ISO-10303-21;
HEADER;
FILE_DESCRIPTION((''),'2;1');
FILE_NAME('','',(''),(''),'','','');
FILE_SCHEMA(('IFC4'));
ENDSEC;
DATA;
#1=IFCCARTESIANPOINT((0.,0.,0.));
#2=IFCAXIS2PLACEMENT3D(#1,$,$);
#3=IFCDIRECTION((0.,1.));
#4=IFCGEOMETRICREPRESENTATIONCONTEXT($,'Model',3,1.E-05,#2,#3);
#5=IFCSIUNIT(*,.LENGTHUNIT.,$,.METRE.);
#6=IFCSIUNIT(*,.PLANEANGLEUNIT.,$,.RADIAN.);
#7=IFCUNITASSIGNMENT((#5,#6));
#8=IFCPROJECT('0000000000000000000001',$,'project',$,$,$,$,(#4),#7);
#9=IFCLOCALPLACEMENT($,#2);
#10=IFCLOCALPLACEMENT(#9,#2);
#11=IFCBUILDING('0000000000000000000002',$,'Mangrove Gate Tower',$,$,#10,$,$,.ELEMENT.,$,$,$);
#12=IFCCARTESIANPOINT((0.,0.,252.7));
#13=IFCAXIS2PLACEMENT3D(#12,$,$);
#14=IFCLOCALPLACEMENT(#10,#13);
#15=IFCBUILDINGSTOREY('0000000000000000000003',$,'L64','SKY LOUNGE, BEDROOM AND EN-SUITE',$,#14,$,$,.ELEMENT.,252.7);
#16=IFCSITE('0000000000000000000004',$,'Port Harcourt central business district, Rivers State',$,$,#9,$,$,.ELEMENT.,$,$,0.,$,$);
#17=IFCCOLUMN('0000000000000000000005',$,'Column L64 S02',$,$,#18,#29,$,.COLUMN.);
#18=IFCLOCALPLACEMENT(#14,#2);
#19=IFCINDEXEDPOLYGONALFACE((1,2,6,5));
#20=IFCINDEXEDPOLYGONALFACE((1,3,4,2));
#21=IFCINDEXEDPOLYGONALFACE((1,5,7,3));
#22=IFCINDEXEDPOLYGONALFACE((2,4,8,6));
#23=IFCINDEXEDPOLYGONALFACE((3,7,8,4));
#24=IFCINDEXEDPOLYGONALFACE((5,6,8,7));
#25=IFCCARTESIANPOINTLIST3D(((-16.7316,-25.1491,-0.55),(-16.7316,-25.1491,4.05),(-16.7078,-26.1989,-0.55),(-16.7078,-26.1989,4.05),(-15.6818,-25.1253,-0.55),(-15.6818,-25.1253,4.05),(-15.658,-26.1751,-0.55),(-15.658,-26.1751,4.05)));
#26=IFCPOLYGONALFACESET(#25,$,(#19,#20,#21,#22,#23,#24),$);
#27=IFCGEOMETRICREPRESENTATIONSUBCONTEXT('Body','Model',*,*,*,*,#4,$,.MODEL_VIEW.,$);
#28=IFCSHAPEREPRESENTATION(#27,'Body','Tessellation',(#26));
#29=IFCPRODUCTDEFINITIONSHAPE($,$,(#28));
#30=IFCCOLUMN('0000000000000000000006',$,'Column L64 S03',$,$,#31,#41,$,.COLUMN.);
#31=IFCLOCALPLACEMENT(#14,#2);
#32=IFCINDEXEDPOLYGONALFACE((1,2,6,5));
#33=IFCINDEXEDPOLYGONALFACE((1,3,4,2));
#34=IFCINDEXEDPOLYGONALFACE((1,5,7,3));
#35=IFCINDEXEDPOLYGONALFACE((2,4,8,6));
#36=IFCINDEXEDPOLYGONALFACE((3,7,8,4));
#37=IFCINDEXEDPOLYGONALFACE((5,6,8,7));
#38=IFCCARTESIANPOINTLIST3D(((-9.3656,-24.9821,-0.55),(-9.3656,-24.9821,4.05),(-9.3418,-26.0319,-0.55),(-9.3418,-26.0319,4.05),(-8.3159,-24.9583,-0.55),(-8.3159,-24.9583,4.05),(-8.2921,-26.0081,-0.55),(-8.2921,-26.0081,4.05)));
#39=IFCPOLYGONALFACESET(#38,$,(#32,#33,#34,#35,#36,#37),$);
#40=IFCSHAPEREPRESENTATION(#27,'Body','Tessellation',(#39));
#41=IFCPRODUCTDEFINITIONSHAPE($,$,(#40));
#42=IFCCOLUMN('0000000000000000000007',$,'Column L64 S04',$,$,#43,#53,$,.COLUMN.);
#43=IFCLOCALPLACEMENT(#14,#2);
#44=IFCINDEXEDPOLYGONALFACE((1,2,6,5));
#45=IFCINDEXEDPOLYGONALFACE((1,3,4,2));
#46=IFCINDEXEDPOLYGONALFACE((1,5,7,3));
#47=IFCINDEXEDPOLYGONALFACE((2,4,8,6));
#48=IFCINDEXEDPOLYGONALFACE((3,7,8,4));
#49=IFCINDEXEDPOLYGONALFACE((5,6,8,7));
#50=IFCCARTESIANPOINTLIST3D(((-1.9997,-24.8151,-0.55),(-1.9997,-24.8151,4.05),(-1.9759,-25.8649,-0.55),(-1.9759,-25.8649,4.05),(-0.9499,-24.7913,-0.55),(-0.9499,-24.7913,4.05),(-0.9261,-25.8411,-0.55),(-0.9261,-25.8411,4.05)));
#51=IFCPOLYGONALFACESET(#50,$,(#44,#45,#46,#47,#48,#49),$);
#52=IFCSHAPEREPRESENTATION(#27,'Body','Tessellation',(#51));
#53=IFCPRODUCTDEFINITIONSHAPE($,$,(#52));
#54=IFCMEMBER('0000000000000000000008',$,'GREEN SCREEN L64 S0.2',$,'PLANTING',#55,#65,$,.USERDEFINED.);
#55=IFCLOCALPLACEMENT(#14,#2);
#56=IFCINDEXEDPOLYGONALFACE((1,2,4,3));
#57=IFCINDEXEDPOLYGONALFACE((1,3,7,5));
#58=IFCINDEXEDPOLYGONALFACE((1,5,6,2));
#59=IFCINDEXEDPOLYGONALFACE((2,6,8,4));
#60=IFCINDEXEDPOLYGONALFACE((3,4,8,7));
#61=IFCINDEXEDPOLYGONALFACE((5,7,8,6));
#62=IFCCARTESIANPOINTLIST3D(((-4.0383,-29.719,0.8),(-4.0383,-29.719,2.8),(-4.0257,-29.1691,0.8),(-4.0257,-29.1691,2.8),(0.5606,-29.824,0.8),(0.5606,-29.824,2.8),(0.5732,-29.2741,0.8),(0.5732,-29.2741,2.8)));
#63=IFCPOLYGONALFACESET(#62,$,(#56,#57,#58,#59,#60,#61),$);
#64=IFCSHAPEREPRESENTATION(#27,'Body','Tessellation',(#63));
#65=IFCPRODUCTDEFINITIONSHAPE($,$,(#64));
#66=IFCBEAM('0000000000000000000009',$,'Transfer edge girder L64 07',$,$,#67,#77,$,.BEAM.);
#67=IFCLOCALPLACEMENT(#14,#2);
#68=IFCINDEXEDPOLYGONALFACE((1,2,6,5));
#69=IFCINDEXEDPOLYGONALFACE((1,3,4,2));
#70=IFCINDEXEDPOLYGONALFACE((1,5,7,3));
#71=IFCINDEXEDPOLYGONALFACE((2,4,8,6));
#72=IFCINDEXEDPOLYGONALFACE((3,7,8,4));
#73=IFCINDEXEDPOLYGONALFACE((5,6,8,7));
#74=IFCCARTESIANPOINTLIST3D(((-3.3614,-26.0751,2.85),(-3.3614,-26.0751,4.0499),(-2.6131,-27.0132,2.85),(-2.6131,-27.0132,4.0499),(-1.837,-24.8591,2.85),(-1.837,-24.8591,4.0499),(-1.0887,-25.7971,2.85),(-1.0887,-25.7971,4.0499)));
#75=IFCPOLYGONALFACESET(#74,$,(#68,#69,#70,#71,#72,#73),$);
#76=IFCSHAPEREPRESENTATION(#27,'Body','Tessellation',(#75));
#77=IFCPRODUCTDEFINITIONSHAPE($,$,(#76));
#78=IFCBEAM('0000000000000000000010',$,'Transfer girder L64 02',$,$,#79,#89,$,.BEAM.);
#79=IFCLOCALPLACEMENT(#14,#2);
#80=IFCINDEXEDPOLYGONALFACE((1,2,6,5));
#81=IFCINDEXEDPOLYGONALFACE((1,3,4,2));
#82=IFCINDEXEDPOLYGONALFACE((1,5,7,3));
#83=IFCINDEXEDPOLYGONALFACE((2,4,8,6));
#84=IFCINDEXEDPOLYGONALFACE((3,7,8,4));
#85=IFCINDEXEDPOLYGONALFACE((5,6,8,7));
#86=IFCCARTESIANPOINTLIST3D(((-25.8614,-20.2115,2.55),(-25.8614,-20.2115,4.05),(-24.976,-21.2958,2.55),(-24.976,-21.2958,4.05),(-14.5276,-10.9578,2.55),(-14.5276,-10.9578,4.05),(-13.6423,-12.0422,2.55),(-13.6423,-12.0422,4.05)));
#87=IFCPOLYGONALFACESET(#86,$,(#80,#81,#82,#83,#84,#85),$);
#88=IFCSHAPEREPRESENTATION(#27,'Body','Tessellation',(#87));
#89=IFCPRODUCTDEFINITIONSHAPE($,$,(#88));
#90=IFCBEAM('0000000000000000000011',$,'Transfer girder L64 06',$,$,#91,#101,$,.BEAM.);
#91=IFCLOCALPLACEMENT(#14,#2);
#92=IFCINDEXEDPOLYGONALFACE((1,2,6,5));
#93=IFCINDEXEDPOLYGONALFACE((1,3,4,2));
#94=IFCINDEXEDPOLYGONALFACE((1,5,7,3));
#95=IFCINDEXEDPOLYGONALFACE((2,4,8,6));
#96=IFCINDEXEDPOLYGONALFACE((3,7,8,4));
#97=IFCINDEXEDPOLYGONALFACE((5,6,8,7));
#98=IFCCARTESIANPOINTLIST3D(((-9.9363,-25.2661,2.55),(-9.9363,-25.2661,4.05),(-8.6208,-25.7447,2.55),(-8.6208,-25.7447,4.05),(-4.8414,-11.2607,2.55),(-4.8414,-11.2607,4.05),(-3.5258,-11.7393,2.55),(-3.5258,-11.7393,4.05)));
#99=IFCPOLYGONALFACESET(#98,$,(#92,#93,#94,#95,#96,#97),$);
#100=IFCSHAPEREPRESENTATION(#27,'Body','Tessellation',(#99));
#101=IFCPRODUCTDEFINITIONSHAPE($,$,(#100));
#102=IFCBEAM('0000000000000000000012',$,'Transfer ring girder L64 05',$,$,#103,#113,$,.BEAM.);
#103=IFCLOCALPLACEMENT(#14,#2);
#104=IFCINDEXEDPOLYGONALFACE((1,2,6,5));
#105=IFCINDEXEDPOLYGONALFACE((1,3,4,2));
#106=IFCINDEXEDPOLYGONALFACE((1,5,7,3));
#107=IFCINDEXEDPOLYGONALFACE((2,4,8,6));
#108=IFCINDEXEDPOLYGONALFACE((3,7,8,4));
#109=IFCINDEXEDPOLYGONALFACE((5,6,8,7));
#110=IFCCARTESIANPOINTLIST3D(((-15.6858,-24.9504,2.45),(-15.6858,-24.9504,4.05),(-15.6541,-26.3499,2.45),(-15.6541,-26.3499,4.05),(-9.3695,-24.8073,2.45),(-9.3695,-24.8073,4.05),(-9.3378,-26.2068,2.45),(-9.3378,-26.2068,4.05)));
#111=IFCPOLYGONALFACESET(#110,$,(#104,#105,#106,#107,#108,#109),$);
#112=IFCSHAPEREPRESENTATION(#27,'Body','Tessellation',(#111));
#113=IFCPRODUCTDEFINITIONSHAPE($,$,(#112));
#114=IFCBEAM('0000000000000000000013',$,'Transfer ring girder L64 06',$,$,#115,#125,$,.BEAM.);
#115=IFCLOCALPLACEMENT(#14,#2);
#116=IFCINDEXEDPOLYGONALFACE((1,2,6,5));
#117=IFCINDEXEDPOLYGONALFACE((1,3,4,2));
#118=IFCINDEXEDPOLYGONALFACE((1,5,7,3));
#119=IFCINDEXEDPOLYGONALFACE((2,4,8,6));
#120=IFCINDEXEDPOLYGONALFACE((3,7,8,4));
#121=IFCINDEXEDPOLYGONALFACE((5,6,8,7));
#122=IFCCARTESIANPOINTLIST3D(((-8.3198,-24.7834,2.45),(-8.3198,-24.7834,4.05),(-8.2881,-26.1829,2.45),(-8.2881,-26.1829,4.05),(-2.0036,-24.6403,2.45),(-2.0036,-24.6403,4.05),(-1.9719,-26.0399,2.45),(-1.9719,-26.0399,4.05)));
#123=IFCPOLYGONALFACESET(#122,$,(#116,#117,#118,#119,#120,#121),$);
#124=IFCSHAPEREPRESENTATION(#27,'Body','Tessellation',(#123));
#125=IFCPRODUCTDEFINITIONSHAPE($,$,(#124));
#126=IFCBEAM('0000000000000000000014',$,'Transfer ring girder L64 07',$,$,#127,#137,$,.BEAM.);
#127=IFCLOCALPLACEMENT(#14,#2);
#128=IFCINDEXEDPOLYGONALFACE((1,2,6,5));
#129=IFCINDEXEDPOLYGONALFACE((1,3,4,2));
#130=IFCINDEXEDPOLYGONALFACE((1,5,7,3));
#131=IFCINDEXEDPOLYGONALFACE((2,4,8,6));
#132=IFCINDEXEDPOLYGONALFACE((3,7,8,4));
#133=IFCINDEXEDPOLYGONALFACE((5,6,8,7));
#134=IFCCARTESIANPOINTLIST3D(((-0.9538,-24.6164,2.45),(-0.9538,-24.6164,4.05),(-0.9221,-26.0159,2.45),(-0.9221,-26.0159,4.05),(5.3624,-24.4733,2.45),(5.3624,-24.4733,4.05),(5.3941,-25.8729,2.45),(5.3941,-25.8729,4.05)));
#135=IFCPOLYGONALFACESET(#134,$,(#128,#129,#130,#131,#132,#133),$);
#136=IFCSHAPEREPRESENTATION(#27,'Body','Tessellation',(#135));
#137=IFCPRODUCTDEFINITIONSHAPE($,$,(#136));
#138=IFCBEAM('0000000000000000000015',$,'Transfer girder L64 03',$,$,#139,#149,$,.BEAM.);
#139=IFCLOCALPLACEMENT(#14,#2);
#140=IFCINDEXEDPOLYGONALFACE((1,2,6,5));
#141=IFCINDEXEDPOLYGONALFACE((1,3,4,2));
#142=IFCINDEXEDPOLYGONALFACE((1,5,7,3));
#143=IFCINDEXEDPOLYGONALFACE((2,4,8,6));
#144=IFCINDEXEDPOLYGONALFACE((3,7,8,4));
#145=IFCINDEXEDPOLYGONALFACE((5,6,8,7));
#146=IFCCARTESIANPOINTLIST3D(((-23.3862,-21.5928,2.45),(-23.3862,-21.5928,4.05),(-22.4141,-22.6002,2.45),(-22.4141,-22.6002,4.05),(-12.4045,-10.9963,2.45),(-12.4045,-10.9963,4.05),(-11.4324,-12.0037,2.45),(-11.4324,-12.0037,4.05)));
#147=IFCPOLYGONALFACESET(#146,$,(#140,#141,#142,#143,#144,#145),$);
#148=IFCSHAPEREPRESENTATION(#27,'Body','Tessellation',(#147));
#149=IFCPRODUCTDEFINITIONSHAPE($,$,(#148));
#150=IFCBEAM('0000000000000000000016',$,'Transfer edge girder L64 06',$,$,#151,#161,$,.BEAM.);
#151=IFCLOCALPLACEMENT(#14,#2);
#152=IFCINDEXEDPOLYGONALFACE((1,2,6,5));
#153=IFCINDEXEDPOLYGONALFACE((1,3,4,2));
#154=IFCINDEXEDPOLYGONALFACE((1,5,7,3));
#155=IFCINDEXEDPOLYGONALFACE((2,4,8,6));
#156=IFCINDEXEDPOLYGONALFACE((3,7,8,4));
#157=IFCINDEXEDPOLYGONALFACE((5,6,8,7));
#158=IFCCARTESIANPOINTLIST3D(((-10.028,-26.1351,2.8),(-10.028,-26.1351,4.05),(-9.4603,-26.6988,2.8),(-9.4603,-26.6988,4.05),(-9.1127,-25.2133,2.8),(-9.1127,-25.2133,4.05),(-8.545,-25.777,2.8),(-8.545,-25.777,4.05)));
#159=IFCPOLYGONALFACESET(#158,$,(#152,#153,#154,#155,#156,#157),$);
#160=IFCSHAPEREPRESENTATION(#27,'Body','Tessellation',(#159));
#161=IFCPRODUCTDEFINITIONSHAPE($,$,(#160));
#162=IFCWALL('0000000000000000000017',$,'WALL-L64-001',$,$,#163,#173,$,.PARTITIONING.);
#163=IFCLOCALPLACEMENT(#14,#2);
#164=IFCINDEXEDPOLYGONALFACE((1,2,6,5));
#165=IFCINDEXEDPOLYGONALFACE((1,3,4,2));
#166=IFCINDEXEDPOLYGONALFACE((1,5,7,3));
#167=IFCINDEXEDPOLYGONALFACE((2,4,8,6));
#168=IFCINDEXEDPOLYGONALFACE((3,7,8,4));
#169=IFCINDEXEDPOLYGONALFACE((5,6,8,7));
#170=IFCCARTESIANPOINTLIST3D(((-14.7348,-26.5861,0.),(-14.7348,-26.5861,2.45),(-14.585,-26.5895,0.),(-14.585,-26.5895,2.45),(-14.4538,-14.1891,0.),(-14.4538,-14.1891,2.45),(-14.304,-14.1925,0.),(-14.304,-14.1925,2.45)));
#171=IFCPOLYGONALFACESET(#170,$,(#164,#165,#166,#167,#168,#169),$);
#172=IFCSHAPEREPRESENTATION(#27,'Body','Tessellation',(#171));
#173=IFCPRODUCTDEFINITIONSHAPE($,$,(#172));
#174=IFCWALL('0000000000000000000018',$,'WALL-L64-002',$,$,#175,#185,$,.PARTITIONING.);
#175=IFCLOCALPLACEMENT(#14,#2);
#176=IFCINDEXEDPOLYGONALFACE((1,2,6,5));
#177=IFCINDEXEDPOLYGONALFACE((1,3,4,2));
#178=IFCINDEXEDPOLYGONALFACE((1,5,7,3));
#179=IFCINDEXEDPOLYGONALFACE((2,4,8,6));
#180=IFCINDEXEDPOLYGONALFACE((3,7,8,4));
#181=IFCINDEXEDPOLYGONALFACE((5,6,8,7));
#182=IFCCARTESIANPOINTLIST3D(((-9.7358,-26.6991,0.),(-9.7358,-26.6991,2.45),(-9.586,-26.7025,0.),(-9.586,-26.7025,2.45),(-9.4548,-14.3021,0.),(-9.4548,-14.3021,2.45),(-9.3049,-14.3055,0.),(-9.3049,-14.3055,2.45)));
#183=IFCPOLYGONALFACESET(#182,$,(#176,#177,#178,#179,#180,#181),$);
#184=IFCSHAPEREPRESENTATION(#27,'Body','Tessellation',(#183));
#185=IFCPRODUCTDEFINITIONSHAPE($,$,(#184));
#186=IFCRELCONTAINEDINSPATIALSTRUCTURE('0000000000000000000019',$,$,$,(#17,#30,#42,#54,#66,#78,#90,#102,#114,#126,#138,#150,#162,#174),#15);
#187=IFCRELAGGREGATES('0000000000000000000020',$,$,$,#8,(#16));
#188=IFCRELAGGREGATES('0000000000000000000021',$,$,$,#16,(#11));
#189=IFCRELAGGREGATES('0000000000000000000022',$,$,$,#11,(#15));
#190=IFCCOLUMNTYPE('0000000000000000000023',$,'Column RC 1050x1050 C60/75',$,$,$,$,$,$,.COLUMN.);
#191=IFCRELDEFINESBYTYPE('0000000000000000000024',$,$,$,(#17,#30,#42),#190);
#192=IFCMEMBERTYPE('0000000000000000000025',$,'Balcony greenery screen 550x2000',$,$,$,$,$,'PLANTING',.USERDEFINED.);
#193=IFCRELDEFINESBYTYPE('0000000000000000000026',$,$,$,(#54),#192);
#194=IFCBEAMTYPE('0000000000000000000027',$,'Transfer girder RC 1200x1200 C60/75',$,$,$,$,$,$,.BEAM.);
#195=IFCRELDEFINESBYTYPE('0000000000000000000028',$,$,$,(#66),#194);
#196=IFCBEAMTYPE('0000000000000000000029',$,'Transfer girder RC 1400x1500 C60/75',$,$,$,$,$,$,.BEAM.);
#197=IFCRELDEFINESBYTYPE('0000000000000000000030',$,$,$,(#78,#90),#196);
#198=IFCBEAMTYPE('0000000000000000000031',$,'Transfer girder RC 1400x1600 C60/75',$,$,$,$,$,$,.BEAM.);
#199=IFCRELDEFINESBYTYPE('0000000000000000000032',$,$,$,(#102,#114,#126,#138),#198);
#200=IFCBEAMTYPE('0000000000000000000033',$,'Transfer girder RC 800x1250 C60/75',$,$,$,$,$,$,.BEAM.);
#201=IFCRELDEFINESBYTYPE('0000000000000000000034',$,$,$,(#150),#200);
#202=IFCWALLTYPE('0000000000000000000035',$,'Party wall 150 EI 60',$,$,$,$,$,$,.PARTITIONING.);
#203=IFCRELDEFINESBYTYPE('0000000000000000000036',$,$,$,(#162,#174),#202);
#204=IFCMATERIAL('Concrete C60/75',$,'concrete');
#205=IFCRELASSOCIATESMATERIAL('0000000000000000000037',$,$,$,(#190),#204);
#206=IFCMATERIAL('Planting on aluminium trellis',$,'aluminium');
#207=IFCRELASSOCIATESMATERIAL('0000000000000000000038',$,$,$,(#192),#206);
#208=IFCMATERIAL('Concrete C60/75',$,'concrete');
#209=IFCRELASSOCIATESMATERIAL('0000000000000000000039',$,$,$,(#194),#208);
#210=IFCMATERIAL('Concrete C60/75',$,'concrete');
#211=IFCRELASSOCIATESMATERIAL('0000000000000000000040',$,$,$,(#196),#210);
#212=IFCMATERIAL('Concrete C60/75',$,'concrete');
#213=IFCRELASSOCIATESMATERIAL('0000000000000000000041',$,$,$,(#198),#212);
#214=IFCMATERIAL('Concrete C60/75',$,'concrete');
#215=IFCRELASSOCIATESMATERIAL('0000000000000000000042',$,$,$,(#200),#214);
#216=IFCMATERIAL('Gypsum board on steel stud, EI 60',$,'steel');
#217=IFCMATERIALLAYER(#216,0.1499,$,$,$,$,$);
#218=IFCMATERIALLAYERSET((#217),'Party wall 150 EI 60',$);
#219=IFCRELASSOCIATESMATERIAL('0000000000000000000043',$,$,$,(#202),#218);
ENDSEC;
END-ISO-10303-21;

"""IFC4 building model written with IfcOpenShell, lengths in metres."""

from ifc_helpers import new_model, si_unit, direction, frame, frame_2d, origin, origin_2d, place, context, subcontext, project, spatial, rectangle, extrude, material, layer, layer_set, material_profile, profile_set, type_object, element, save


model = new_model("IFC4")

# Units and contexts
model_context = context("Model", 3, precision=1e-05, world=origin(), true_north=direction((0.0, 1.0)))
body_context = subcontext(model_context, "Body", "Model", "MODEL_VIEW")
ifc_project = project(units=[si_unit("LENGTHUNIT", "METRE"), si_unit("PLANEANGLEUNIT", "RADIAN")], contexts=[model_context])

# Site, building, storey
site_placement = place(None, origin())
site = spatial("IfcSite", under=ifc_project, at=site_placement, Name="Port Harcourt central business district, Rivers State", CompositionType="ELEMENT", RefElevation=0.0)
building_placement = place(site_placement, origin())
building = spatial("IfcBuilding", under=site, at=building_placement, Name="Mangrove Gate Tower", CompositionType="ELEMENT")
storey_placement = place(building_placement, frame((0.0, 0.0, 252.7)))
storey = spatial("IfcBuildingStorey", under=building, at=storey_placement, Name="L64", Description="SKY LOUNGE, BEDROOM AND EN-SUITE", CompositionType="ELEMENT", Elevation=252.7)

# Columns
ifc_material_1 = material(Name="Concrete C60/75", Category="concrete")
ifc_material_profile_1 = material_profile(ifc_material_1, rectangle(XDim=1.05, YDim=1.05, at=origin_2d()))
ifc_profile_set_1 = profile_set([ifc_material_profile_1], Name="Concrete C60/75")
column_type = type_object("IfcColumnType", Name="Column RC 1050x1050 C60/75", PredefinedType="COLUMN", material=ifc_profile_set_1)
for number, where, z_axis, x_axis, name in (
    (1, (-16.1948, -25.6621, -0.55), (0.0, 0.0, 1.0), (0.999743, 0.022666, 0.0), "Column L64 S02"),
    (2, (-8.8289, -25.4951, -0.55), (0.0, 0.0, 1.0), (0.999743, 0.022666, 0.0), "Column L64 S03"),
    (3, (-1.4629, -25.3281, -0.55), (0.0, 0.0, 1.0), (0.999743, 0.022666, 0.0), "Column L64 S04"),
):
    element("IfcColumn", number, at=place(storey_placement, frame(where, z_axis=z_axis, x_axis=x_axis)), inside=storey, type_object=column_type, Name=name, PredefinedType="COLUMN", context=body_context, shape_type="SweptSolid", body=[
        extrude(rectangle(XDim=1.05, YDim=1.05, at=origin_2d()), origin(), (0.0, 0.0, 1.0), 4.6001),
    ])

# Member
ifc_material_2 = material(Name="Planting on aluminium trellis", Category="aluminium")
ifc_material_profile_2 = material_profile(ifc_material_2, rectangle(XDim=0.55, YDim=2.0, at=origin_2d()))
ifc_profile_set_2 = profile_set([ifc_material_profile_2], Name="Planting on aluminium trellis")
member_type = type_object("IfcMemberType", Name="Balcony greenery screen 550x2000", ElementType="PLANTING", PredefinedType="USERDEFINED", material=ifc_profile_set_2)
member_placement = place(storey_placement, frame((-4.032, -29.4441, 1.8), z_axis=(0.99974, -0.022821, 0.0), x_axis=(0.022821, 0.99974, 0.0)))
element("IfcMember", 4, at=member_placement, inside=storey, type_object=member_type, Name="GREEN SCREEN L64 S0.2", ObjectType="PLANTING", PredefinedType="USERDEFINED", context=body_context, shape_type="SweptSolid", body=[
    extrude(rectangle(XDim=0.55, YDim=2.0, at=origin_2d()), origin(), (0.0, 0.0, 1.0), 4.6001),
])

# Beams
ifc_material_3 = material(Name="Concrete C60/75", Category="concrete")
ifc_material_profile_3 = material_profile(ifc_material_3, rectangle(XDim=1.2, YDim=1.2, at=origin_2d()))
ifc_profile_set_3 = profile_set([ifc_material_profile_3], Name="Concrete C60/75")
beam_type_1 = type_object("IfcBeamType", Name="Transfer girder RC 1200x1200 C60/75", PredefinedType="BEAM", material=ifc_profile_set_3)
beam_1_placement = place(storey_placement, frame((-1.4629, -25.3281, 3.45), z_axis=(-0.781735, -0.62361, 0.0), x_axis=(0.62361, -0.781735, 0.0)))
element("IfcBeam", 5, at=beam_1_placement, inside=storey, type_object=beam_type_1, Name="Transfer edge girder L64 07", PredefinedType="BEAM", context=body_context, shape_type="SweptSolid", body=[
    extrude(rectangle(XDim=1.2, YDim=1.2, at=origin_2d()), origin(), (0.0, 0.0, 1.0), 1.95),
])
ifc_material_4 = material(Name="Concrete C60/75", Category="concrete")
ifc_material_profile_4 = material_profile(ifc_material_4, rectangle(XDim=1.3999, YDim=1.5, at=origin_2d()))
ifc_profile_set_4 = profile_set([ifc_material_profile_4], Name="Concrete C60/75")
beam_type_2 = type_object("IfcBeamType", Name="Transfer girder RC 1400x1500 C60/75", PredefinedType="BEAM", material=ifc_profile_set_4)
beam_2_placement = place(storey_placement, frame((-14.085, -11.5, 3.3), z_axis=(-0.774607, -0.632443, 0.0), x_axis=(0.632443, -0.774607, 0.0)))
element("IfcBeam", 6, at=beam_2_placement, inside=storey, type_object=beam_type_2, Name="Transfer girder L64 02", PredefinedType="BEAM", context=body_context, shape_type="SweptSolid", body=[
    extrude(rectangle(XDim=1.3999, YDim=1.5, at=origin_2d()), origin(), (0.0, 0.0, 1.0), 14.6316),
])
beam_3_placement = place(storey_placement, frame((-4.1836, -11.5, 3.3), z_axis=(-0.341868, -0.939748, 0.0), x_axis=(0.939748, -0.341868, 0.0)))
element("IfcBeam", 7, at=beam_3_placement, inside=storey, type_object=beam_type_2, Name="Transfer girder L64 06", PredefinedType="BEAM", context=body_context, shape_type="SweptSolid", body=[
    extrude(rectangle(XDim=1.3999, YDim=1.5, at=origin_2d()), origin(), (0.0, 0.0, 1.0), 14.9033),
])
ifc_material_5 = material(Name="Concrete C60/75", Category="concrete")
ifc_material_profile_5 = material_profile(ifc_material_5, rectangle(XDim=1.3999, YDim=1.6001, at=origin_2d()))
ifc_profile_set_5 = profile_set([ifc_material_profile_5], Name="Concrete C60/75")
beam_type_3 = type_object("IfcBeamType", Name="Transfer girder RC 1400x1600 C60/75", PredefinedType="BEAM", material=ifc_profile_set_5)
for number, where, z_axis, x_axis, name in (
    (8, (-15.6699, -25.6501, 3.25), (0.999744, 0.022645, 0.0), (-0.022645, 0.999744, 0.0), "Transfer ring girder L64 05"),
    (9, (-8.304, -25.4832, 3.25), (0.999744, 0.022645, 0.0), (-0.022645, 0.999744, 0.0), "Transfer ring girder L64 06"),
    (10, (-0.938, -25.3162, 3.25), (0.999744, 0.022645, 0.0), (-0.022645, 0.999744, 0.0), "Transfer ring girder L64 07"),
):
    element("IfcBeam", number, at=place(storey_placement, frame(where, z_axis=z_axis, x_axis=x_axis)), inside=storey, type_object=beam_type_3, Name=name, PredefinedType="BEAM", context=body_context, shape_type="SweptSolid", body=[
        extrude(rectangle(XDim=1.3999, YDim=1.6001, at=origin_2d()), origin(), (0.0, 0.0, 1.0), 6.3179),
    ])
beam_4_placement = place(storey_placement, frame((-11.9185, -11.5, 3.25), z_axis=(-0.719617, -0.694371, 0.0), x_axis=(0.694371, -0.719617, 0.0)))
element("IfcBeam", 11, at=beam_4_placement, inside=storey, type_object=beam_type_3, Name="Transfer girder L64 03", PredefinedType="BEAM", context=body_context, shape_type="SweptSolid", body=[
    extrude(rectangle(XDim=1.3999, YDim=1.6001, at=origin_2d()), origin(), (0.0, 0.0, 1.0), 15.2605),
])
ifc_material_6 = material(Name="Concrete C60/75", Category="concrete")
ifc_material_profile_6 = material_profile(ifc_material_6, rectangle(XDim=0.8, YDim=1.25, at=origin_2d()))
ifc_profile_set_6 = profile_set([ifc_material_profile_6], Name="Concrete C60/75")
beam_type_4 = type_object("IfcBeamType", Name="Transfer girder RC 800x1250 C60/75", PredefinedType="BEAM", material=ifc_profile_set_6)
beam_5_placement = place(storey_placement, frame((-8.8289, -25.4951, 3.425), z_axis=(-0.704565, -0.709639, 0.0), x_axis=(0.709639, -0.704565, 0.0)))
element("IfcBeam", 12, at=beam_5_placement, inside=storey, type_object=beam_type_4, Name="Transfer edge girder L64 06", PredefinedType="BEAM", context=body_context, shape_type="SweptSolid", body=[
    extrude(rectangle(XDim=0.8, YDim=1.25, at=origin_2d()), origin(), (0.0, 0.0, 1.0), 1.2991),
])

# Walls
ifc_material_7 = material(Name="Gypsum board on steel stud, EI 60", Category="steel")
ifc_layer_1 = layer(ifc_material_7, 0.1499)
ifc_layer_set_1 = layer_set([ifc_layer_1], Name="Party wall 150 EI 60")
wall_type_1 = type_object("IfcWallType", Name="Party wall 150 EI 60", PredefinedType="PARTITIONING", material=ifc_layer_set_1)
for number, where, z_axis, x_axis, name in (
    (13, (-14.6599, -26.5879, 0.0), (0.0, 0.0, 1.0), (0.022661, 0.999743, 0.0), "WALL-L64-001"),
    (14, (-9.6609, -26.7009, 0.0), (0.0, 0.0, 1.0), (0.022661, 0.999743, 0.0), "WALL-L64-002"),
):
    element("IfcWall", number, at=place(storey_placement, frame(where, z_axis=z_axis, x_axis=x_axis)), inside=storey, type_object=wall_type_1, Name=name, PredefinedType="PARTITIONING", context=body_context, shape_type="SweptSolid", body=[
        extrude(rectangle(XDim=12.4001, YDim=0.1499, at=frame_2d((6.2002, 0.0))), origin(), (0.0, 0.0, 1.0), 2.45),
    ])

save(model, "model.ifc")
